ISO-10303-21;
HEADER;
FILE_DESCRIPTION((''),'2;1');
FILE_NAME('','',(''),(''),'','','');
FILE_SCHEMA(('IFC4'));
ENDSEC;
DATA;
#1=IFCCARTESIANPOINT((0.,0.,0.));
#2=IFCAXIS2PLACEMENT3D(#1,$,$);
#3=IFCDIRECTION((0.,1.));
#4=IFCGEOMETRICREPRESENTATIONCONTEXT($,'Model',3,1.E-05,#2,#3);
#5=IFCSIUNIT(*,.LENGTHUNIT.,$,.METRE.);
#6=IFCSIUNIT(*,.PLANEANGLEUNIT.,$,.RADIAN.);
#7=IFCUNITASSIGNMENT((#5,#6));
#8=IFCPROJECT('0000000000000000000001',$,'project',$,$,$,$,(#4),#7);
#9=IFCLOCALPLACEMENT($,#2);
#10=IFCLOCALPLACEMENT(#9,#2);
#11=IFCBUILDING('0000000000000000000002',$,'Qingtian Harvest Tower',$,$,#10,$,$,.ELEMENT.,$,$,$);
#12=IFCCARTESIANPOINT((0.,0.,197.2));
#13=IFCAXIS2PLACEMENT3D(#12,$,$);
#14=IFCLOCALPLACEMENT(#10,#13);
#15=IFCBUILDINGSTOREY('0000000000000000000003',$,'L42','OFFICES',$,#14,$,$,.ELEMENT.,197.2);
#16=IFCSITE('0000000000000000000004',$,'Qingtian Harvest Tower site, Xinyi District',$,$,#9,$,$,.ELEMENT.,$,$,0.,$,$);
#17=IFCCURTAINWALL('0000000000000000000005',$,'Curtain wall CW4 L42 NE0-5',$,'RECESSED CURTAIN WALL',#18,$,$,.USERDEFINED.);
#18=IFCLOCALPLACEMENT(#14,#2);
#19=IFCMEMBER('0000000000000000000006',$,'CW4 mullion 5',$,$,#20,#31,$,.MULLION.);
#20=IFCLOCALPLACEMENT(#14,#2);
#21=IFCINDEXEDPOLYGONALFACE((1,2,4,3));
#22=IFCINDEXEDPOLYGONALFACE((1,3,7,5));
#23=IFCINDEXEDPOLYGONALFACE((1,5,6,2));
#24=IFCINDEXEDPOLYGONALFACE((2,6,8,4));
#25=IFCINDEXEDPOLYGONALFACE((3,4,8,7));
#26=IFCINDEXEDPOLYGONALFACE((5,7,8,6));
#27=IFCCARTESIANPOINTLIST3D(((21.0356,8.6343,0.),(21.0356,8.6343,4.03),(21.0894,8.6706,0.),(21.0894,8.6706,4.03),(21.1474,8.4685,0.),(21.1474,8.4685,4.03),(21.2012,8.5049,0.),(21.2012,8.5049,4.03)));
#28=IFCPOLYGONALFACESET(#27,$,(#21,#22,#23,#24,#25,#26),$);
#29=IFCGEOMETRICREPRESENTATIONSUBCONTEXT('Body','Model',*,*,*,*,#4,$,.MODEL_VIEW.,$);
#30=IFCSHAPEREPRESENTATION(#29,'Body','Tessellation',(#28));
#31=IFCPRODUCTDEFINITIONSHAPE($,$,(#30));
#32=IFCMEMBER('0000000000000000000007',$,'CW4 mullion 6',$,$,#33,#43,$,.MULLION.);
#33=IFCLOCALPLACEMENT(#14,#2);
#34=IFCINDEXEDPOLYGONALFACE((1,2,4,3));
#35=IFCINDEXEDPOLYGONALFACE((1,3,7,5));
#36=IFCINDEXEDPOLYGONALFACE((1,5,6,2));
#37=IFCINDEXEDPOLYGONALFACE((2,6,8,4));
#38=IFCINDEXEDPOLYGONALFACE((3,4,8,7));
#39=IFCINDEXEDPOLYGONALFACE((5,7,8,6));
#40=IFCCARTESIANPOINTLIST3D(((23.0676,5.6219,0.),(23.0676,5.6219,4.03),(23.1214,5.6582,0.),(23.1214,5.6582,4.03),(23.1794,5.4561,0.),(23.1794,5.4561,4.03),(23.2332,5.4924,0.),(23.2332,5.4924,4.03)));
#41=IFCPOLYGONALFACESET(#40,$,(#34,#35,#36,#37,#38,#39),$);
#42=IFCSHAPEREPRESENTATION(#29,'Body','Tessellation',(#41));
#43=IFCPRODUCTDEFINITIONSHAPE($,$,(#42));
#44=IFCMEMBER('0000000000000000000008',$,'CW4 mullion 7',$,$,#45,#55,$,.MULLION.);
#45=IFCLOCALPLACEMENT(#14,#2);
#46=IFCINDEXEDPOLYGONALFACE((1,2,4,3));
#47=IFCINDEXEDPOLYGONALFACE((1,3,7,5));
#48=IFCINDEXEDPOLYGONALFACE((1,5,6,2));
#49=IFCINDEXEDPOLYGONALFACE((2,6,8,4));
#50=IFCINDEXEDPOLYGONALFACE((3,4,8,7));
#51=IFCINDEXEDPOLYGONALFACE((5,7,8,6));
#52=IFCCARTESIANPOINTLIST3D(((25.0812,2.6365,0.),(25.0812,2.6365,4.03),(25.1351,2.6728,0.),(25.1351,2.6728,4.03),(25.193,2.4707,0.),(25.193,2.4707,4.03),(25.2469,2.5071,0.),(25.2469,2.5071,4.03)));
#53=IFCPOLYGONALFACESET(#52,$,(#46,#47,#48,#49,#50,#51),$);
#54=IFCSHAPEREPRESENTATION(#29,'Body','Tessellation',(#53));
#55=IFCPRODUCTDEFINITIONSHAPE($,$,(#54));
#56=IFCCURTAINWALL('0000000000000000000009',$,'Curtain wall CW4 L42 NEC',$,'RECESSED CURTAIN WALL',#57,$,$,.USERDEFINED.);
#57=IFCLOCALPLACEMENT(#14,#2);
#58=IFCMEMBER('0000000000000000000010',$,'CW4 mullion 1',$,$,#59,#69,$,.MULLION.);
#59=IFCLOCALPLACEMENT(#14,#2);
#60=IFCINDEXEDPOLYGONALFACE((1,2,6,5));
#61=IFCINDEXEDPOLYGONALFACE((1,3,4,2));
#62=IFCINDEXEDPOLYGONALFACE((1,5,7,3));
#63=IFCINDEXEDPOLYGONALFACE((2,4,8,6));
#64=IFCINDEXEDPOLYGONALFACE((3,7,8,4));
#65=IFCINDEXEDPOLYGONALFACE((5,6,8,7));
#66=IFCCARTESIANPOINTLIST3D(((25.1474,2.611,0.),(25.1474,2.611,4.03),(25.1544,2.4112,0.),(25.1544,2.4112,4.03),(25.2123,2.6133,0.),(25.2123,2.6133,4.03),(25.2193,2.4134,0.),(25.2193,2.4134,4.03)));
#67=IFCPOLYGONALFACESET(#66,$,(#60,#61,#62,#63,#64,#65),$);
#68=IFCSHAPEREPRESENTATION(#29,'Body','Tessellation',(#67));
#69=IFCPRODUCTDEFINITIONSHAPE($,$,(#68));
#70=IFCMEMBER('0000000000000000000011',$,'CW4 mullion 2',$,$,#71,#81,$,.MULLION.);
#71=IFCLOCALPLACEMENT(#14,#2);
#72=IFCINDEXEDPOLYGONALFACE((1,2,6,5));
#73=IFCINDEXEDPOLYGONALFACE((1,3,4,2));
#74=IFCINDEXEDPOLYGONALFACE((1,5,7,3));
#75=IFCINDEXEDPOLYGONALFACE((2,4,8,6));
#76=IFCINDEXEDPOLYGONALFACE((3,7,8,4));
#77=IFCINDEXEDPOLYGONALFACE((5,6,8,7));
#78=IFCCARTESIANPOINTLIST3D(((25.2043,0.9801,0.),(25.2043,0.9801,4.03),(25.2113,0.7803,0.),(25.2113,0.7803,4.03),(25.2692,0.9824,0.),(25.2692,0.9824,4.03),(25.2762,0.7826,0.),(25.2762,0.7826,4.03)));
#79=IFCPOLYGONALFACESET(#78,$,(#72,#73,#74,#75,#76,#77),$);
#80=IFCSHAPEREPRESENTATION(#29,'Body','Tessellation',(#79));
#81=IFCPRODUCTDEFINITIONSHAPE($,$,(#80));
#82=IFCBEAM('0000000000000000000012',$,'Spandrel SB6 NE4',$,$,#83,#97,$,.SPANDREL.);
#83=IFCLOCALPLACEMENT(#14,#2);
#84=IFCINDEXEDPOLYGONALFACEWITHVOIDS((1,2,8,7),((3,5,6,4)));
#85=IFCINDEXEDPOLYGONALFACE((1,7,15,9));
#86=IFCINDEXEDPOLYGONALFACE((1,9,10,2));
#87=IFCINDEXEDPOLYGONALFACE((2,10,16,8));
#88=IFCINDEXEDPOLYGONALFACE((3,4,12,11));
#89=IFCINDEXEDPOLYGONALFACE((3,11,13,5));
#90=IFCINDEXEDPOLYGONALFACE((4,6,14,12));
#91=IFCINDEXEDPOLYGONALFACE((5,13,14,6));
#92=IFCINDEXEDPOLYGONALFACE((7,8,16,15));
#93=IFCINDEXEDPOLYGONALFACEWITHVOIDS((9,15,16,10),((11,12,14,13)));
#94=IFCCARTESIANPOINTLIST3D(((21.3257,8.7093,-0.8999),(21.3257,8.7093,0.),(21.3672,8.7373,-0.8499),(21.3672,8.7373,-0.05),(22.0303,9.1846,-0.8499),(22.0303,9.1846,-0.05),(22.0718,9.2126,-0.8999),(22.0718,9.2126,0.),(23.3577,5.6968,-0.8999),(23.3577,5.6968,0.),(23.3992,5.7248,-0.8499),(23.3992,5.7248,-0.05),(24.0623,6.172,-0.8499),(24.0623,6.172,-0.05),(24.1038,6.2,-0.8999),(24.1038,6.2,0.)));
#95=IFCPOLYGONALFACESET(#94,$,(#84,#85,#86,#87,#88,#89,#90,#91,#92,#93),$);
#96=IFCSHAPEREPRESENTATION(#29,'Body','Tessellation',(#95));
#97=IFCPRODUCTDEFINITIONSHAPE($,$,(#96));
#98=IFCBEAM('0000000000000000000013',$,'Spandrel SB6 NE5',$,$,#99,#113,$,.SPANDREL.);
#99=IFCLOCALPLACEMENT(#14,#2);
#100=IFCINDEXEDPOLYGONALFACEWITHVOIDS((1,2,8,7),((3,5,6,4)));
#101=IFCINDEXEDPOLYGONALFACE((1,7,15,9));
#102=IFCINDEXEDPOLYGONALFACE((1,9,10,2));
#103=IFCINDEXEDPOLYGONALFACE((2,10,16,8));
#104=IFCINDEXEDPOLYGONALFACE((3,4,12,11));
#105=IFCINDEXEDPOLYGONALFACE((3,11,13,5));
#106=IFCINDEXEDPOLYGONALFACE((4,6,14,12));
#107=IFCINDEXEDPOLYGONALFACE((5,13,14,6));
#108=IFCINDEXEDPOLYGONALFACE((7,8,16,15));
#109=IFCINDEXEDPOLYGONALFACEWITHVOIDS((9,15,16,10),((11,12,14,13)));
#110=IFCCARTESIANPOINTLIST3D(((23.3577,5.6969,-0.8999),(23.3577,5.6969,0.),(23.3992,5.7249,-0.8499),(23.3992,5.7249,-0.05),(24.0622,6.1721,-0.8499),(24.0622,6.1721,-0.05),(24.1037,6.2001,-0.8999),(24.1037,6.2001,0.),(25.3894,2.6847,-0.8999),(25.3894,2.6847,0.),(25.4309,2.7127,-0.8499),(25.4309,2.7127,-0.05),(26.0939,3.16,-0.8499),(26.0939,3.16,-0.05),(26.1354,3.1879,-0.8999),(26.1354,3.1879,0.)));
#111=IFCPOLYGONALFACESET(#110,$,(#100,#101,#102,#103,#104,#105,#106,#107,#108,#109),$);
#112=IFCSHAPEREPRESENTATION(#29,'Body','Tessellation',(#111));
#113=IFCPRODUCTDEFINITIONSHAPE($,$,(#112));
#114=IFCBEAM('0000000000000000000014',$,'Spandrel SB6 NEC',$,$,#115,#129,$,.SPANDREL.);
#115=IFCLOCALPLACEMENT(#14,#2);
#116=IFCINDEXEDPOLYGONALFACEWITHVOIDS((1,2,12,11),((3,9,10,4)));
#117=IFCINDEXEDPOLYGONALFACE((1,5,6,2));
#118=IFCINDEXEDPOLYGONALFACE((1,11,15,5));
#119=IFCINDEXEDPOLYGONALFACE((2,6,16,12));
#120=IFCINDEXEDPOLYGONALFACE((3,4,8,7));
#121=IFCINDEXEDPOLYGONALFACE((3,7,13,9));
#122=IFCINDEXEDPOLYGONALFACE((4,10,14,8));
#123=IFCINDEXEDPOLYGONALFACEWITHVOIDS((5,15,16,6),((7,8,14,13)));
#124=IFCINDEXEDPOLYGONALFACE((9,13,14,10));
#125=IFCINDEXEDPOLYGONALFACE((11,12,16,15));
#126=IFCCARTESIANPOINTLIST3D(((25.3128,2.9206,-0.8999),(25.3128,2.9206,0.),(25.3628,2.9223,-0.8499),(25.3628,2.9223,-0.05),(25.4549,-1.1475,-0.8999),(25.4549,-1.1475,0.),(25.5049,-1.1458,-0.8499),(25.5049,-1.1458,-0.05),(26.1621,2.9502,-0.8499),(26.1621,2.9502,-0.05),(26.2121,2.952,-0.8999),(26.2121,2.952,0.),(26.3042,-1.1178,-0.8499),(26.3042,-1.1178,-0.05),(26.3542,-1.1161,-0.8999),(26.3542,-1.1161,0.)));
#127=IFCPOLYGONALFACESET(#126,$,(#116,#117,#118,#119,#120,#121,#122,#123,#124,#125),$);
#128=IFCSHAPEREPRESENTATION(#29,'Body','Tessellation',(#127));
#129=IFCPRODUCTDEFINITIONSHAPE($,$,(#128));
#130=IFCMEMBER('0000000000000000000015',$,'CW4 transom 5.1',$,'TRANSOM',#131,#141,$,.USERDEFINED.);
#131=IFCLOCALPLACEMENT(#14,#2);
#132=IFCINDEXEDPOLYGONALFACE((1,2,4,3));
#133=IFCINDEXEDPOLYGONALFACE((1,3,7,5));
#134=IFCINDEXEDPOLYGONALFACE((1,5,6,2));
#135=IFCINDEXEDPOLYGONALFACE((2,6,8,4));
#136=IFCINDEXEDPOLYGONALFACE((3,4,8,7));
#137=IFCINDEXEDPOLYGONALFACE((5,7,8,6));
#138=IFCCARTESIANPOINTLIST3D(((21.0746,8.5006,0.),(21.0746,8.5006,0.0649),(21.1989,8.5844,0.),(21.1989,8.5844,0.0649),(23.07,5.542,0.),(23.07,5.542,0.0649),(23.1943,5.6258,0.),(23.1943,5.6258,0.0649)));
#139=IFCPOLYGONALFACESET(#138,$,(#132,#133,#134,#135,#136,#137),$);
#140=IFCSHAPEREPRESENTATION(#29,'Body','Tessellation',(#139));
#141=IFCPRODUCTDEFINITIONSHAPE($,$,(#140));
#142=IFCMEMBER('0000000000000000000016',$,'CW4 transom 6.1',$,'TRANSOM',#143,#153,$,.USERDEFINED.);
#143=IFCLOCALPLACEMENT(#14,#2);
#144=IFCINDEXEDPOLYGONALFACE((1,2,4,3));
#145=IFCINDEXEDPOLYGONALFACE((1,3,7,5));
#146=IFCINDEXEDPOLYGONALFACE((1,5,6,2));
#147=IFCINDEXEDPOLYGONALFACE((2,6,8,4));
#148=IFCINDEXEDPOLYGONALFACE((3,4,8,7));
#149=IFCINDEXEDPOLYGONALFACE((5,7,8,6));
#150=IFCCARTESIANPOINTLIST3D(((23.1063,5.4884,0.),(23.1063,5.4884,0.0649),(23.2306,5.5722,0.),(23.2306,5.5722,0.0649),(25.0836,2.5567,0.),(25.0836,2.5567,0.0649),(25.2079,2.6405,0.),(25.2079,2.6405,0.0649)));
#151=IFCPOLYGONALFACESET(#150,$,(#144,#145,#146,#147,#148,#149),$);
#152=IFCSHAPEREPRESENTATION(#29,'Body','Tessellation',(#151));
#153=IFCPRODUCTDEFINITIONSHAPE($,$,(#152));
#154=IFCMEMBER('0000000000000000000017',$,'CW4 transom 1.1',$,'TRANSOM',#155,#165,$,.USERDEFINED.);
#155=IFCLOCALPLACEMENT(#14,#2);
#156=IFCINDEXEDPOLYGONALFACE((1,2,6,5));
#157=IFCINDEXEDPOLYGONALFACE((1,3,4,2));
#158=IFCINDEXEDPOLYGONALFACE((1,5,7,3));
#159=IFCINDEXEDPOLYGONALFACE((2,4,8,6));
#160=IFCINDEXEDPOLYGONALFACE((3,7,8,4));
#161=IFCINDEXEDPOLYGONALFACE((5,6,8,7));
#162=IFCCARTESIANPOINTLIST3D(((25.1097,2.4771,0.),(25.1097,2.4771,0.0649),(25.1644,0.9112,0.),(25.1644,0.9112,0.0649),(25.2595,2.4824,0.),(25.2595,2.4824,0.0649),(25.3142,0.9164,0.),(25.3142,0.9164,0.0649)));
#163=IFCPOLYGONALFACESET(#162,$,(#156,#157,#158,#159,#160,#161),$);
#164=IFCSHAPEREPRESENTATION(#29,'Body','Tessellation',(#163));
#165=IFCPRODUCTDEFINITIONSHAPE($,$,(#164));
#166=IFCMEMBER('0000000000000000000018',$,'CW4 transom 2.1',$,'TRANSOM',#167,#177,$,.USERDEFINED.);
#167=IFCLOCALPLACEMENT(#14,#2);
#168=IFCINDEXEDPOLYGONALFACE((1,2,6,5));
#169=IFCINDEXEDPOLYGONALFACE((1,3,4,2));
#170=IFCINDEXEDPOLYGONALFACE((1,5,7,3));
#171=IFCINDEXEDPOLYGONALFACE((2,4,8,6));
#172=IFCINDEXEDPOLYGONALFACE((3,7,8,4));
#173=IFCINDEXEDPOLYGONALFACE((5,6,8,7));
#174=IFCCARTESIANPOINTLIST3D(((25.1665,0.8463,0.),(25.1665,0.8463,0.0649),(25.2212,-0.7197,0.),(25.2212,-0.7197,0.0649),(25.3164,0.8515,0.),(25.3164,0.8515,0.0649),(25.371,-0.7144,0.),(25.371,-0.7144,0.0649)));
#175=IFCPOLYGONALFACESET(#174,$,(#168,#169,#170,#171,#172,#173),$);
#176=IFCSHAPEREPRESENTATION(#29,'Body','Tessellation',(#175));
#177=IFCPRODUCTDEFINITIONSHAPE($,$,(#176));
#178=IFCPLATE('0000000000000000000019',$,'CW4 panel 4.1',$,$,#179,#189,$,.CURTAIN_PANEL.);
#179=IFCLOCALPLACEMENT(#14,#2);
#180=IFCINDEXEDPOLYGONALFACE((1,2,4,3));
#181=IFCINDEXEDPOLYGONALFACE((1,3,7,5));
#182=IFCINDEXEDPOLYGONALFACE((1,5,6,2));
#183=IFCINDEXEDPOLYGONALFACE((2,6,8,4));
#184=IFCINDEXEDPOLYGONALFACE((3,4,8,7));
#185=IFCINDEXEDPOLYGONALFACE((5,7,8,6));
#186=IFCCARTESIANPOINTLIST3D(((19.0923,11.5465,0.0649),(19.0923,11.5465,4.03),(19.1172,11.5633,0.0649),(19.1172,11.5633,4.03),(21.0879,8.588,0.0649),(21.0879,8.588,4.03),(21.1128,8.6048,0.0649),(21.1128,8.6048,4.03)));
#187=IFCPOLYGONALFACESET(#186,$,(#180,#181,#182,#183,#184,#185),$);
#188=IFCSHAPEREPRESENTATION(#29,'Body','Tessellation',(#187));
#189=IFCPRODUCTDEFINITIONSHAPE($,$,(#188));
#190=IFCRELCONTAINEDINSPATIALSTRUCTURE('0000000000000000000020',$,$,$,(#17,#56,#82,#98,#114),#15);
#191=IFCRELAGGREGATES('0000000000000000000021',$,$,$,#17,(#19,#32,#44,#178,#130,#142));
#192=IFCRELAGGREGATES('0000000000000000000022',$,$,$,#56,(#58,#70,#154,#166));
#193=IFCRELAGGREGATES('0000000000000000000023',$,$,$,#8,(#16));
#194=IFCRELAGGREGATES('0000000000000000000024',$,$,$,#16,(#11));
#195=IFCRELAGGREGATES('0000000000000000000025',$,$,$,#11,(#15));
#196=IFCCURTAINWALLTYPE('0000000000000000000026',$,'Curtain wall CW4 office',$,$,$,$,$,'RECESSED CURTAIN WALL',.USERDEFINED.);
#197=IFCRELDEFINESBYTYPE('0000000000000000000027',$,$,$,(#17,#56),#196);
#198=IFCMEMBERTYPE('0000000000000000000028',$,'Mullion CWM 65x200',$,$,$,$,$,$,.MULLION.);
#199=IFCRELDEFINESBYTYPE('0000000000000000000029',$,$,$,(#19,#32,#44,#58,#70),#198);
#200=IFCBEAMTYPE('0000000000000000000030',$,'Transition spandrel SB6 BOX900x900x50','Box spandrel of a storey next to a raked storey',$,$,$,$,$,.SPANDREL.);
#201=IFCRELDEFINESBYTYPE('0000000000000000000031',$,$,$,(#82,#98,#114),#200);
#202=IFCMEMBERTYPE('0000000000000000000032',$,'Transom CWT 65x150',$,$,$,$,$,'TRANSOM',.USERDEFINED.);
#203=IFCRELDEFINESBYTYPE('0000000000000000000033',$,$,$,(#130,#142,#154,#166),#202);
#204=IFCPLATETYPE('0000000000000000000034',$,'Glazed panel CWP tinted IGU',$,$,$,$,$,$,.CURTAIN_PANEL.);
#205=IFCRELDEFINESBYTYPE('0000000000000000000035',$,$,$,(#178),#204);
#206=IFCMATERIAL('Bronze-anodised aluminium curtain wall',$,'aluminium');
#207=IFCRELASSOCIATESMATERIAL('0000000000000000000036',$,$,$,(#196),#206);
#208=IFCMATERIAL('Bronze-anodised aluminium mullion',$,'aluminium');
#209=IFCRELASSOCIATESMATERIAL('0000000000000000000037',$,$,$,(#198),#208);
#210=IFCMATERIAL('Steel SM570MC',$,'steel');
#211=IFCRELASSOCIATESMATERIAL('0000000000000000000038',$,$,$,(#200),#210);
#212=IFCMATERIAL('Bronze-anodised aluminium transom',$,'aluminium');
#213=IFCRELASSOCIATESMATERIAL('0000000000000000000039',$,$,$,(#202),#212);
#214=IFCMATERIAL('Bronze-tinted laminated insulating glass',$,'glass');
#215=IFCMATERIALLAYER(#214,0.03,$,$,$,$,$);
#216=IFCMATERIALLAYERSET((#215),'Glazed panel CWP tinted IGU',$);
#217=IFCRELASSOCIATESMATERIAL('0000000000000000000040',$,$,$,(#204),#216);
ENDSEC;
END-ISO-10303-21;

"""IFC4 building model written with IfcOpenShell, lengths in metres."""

from ifc_helpers import new_model, si_unit, direction, frame, origin, origin_2d, place, context, subcontext, project, spatial, rectangle, hollow_rectangle, extrude, material, layer, layer_set, material_profile, profile_set, type_object, element, aggregate, save


model = new_model("IFC4")

# Units and contexts
model_context = context("Model", 3, precision=1e-05, world=origin(), true_north=direction((0.0, 1.0)))
body_context = subcontext(model_context, "Body", "Model", "MODEL_VIEW")
ifc_project = project(units=[si_unit("LENGTHUNIT", "METRE"), si_unit("PLANEANGLEUNIT", "RADIAN")], contexts=[model_context])

# Site, building, storey
site_placement = place(None, origin())
site = spatial("IfcSite", under=ifc_project, at=site_placement, Name="Qingtian Harvest Tower site, Xinyi District", CompositionType="ELEMENT", RefElevation=0.0)
building_placement = place(site_placement, origin())
building = spatial("IfcBuilding", under=site, at=building_placement, Name="Qingtian Harvest Tower", CompositionType="ELEMENT")
storey_placement = place(building_placement, frame((0.0, 0.0, 197.2)))
storey = spatial("IfcBuildingStorey", under=building, at=storey_placement, Name="L42", Description="OFFICES", CompositionType="ELEMENT", Elevation=197.2)

# Curtain walls, members
ifc_material_1 = material(Name="Bronze-anodised aluminium curtain wall", Category="aluminium")
curtain_wall_type = type_object("IfcCurtainWallType", Name="Curtain wall CW4 office", ElementType="RECESSED CURTAIN WALL", PredefinedType="USERDEFINED", material=ifc_material_1)
curtain_wall_1_placement = place(storey_placement, origin())
curtain_wall_1 = element("IfcCurtainWall", 1, at=curtain_wall_1_placement, inside=storey, type_object=curtain_wall_type, Name="Curtain wall CW4 L42 NE0-5", ObjectType="RECESSED CURTAIN WALL", PredefinedType="USERDEFINED")
ifc_material_2 = material(Name="Bronze-anodised aluminium mullion", Category="aluminium")
ifc_material_profile_1 = material_profile(ifc_material_2, rectangle(XDim=0.0649, YDim=0.2, at=origin_2d()), Name="AL 65x200")
ifc_profile_set_1 = profile_set([ifc_material_profile_1], Name="Bronze-anodised aluminium mullion")
member_type_1 = type_object("IfcMemberType", Name="Mullion CWM 65x200", PredefinedType="MULLION", material=ifc_profile_set_1)
member_1_placement = place(storey_placement, frame((21.1184, 8.5696, 0.0), z_axis=(0.0, 0.0, 1.0), x_axis=(0.829038, 0.559193, 0.0)))
member_1 = element("IfcMember", 2, at=member_1_placement, type_object=member_type_1, Name="CW4 mullion 5", PredefinedType="MULLION", context=body_context, shape_type="SweptSolid", body=[
    extrude(rectangle(XDim=0.0649, YDim=0.2, at=origin_2d()), origin(), (0.0, 0.0, 1.0), 4.03),
])
member_2_placement = place(storey_placement, frame((23.1504, 5.5571, 0.0), z_axis=(0.0, 0.0, 1.0), x_axis=(0.829038, 0.559193, 0.0)))
member_2 = element("IfcMember", 3, at=member_2_placement, type_object=member_type_1, Name="CW4 mullion 6", PredefinedType="MULLION", context=body_context, shape_type="SweptSolid", body=[
    extrude(rectangle(XDim=0.0649, YDim=0.2, at=origin_2d()), origin(), (0.0, 0.0, 1.0), 4.03),
])
member_3_placement = place(storey_placement, frame((25.1641, 2.5718, 0.0), z_axis=(0.0, 0.0, 1.0), x_axis=(0.829038, 0.559193, 0.0)))
member_3 = element("IfcMember", 4, at=member_3_placement, type_object=member_type_1, Name="CW4 mullion 7", PredefinedType="MULLION", context=body_context, shape_type="SweptSolid", body=[
    extrude(rectangle(XDim=0.0649, YDim=0.2, at=origin_2d()), origin(), (0.0, 0.0, 1.0), 4.03),
])
curtain_wall_2_placement = place(storey_placement, origin())
curtain_wall_2 = element("IfcCurtainWall", 5, at=curtain_wall_2_placement, inside=storey, type_object=curtain_wall_type, Name="Curtain wall CW4 L42 NEC", ObjectType="RECESSED CURTAIN WALL", PredefinedType="USERDEFINED")
member_4_placement = place(storey_placement, frame((25.1833, 2.5122, 0.0), z_axis=(0.0, 0.0, 1.0), x_axis=(0.999391, 0.034899, 0.0)))
member_4 = element("IfcMember", 6, at=member_4_placement, type_object=member_type_1, Name="CW4 mullion 1", PredefinedType="MULLION", context=body_context, shape_type="SweptSolid", body=[
    extrude(rectangle(XDim=0.0649, YDim=0.2, at=origin_2d()), origin(), (0.0, 0.0, 1.0), 4.03),
])
member_5_placement = place(storey_placement, frame((25.2402, 0.8813, 0.0), z_axis=(0.0, 0.0, 1.0), x_axis=(0.999391, 0.034899, 0.0)))
member_5 = element("IfcMember", 7, at=member_5_placement, type_object=member_type_1, Name="CW4 mullion 2", PredefinedType="MULLION", context=body_context, shape_type="SweptSolid", body=[
    extrude(rectangle(XDim=0.0649, YDim=0.2, at=origin_2d()), origin(), (0.0, 0.0, 1.0), 4.03),
])

# Beams
ifc_material_3 = material(Name="Steel SM570MC", Category="steel")
ifc_material_profile_2 = material_profile(ifc_material_3, hollow_rectangle(XDim=0.8999, YDim=0.8999, WallThickness=0.05, at=origin_2d()), Name="BOX900x900x50")
ifc_profile_set_2 = profile_set([ifc_material_profile_2], Name="Steel SM570MC")
beam_type_1 = type_object("IfcBeamType", Name="Transition spandrel SB6 BOX900x900x50", Description="Box spandrel of a storey next to a raked storey", PredefinedType="SPANDREL", material=ifc_profile_set_2)
beam_1_placement = place(storey_placement, frame((21.6987, 8.9609, -0.45), z_axis=(0.559204, -0.82903, 0.0), x_axis=(0.82903, 0.559204, 0.0)))
element("IfcBeam", 8, at=beam_1_placement, inside=storey, type_object=beam_type_1, Name="Spandrel SB6 NE4", PredefinedType="SPANDREL", context=body_context, shape_type="SweptSolid", body=[
    extrude(hollow_rectangle(XDim=0.8999, YDim=0.8999, WallThickness=0.05, at=origin_2d()), origin(), (0.0, 0.0, 1.0), 3.6338),
])
beam_2_placement = place(storey_placement, frame((23.7307, 5.9485, -0.45), z_axis=(0.559189, -0.82904, 0.0), x_axis=(0.82904, 0.559189, 0.0)))
element("IfcBeam", 9, at=beam_2_placement, inside=storey, type_object=beam_type_1, Name="Spandrel SB6 NE5", PredefinedType="SPANDREL", context=body_context, shape_type="SweptSolid", body=[
    extrude(hollow_rectangle(XDim=0.8999, YDim=0.8999, WallThickness=0.05, at=origin_2d()), origin(), (0.0, 0.0, 1.0), 3.6333),
])
beam_3_placement = place(storey_placement, frame((25.7625, 2.9363, -0.45), z_axis=(0.034906, -0.999391, 0.0), x_axis=(0.999391, 0.034906, 0.0)))
element("IfcBeam", 10, at=beam_3_placement, inside=storey, type_object=beam_type_1, Name="Spandrel SB6 NEC", PredefinedType="SPANDREL", context=body_context, shape_type="SweptSolid", body=[
    extrude(hollow_rectangle(XDim=0.8999, YDim=0.8999, WallThickness=0.05, at=origin_2d()), origin(), (0.0, 0.0, 1.0), 4.0706),
])

# Members
ifc_material_4 = material(Name="Bronze-anodised aluminium transom", Category="aluminium")
ifc_material_profile_3 = material_profile(ifc_material_4, rectangle(XDim=0.1499, YDim=0.0649, at=origin_2d()), Name="AL 65x150")
ifc_profile_set_3 = profile_set([ifc_material_profile_3], Name="Bronze-anodised aluminium transom")
member_type_2 = type_object("IfcMemberType", Name="Transom CWT 65x150", ElementType="TRANSOM", PredefinedType="USERDEFINED", material=ifc_profile_set_3)
member_6_placement = place(storey_placement, frame((21.1367, 8.5425, 0.0325), z_axis=(0.55916, -0.82906, 0.0), x_axis=(0.82906, 0.55916, 0.0)))
member_6 = element("IfcMember", 11, at=member_6_placement, type_object=member_type_2, Name="CW4 transom 5.1", ObjectType="TRANSOM", PredefinedType="USERDEFINED", context=body_context, shape_type="SweptSolid", body=[
    extrude(rectangle(XDim=0.1499, YDim=0.0649, at=origin_2d()), origin(), (0.0, 0.0, 1.0), 3.5686),
])
member_7_placement = place(storey_placement, frame((23.1685, 5.5303, 0.0325), z_axis=(0.559169, -0.829054, 0.0), x_axis=(0.829054, 0.559169, 0.0)))
member_7 = element("IfcMember", 12, at=member_7_placement, type_object=member_type_2, Name="CW4 transom 6.1", ObjectType="TRANSOM", PredefinedType="USERDEFINED", context=body_context, shape_type="SweptSolid", body=[
    extrude(rectangle(XDim=0.1499, YDim=0.0649, at=origin_2d()), origin(), (0.0, 0.0, 1.0), 3.5361),
])
member_8_placement = place(storey_placement, frame((25.1846, 2.4797, 0.0325), z_axis=(0.034902, -0.999391, 0.0), x_axis=(0.999391, 0.034902, 0.0)))
member_8 = element("IfcMember", 13, at=member_8_placement, type_object=member_type_2, Name="CW4 transom 1.1", ObjectType="TRANSOM", PredefinedType="USERDEFINED", context=body_context, shape_type="SweptSolid", body=[
    extrude(rectangle(XDim=0.1499, YDim=0.0649, at=origin_2d()), origin(), (0.0, 0.0, 1.0), 1.5669),
])
member_9_placement = place(storey_placement, frame((25.2415, 0.8489, 0.0325), z_axis=(0.034902, -0.999391, 0.0), x_axis=(0.999391, 0.034902, 0.0)))
member_9 = element("IfcMember", 14, at=member_9_placement, type_object=member_type_2, Name="CW4 transom 2.1", ObjectType="TRANSOM", PredefinedType="USERDEFINED", context=body_context, shape_type="SweptSolid", body=[
    extrude(rectangle(XDim=0.1499, YDim=0.0649, at=origin_2d()), origin(), (0.0, 0.0, 1.0), 1.5669),
])

# Plate
ifc_material_5 = material(Name="Bronze-tinted laminated insulating glass", Category="glass")
ifc_layer_1 = layer(ifc_material_5, 0.03)
ifc_layer_set_1 = layer_set([ifc_layer_1], Name="Glazed panel CWP tinted IGU")
plate_type = type_object("IfcPlateType", Name="Glazed panel CWP tinted IGU", PredefinedType="CURTAIN_PANEL", material=ifc_layer_set_1)
plate_1_placement = place(storey_placement, frame((20.1025, 10.0757, 0.0649), z_axis=(0.0, 0.0, 1.0), x_axis=(0.559193, -0.829038, 0.0)))
plate_1 = element("IfcPlate", 15, at=plate_1_placement, type_object=plate_type, Name="CW4 panel 4.1", PredefinedType="CURTAIN_PANEL", context=body_context, shape_type="SweptSolid", body=[
    extrude(rectangle(XDim=3.5686, YDim=0.03, at=origin_2d()), origin(), (0.0, 0.0, 1.0), 3.9651),
])
aggregate(curtain_wall_1, [member_1, member_2, member_3, plate_1, member_6, member_7])
aggregate(curtain_wall_2, [member_4, member_5, member_8, member_9])

save(model, "model.ifc")
